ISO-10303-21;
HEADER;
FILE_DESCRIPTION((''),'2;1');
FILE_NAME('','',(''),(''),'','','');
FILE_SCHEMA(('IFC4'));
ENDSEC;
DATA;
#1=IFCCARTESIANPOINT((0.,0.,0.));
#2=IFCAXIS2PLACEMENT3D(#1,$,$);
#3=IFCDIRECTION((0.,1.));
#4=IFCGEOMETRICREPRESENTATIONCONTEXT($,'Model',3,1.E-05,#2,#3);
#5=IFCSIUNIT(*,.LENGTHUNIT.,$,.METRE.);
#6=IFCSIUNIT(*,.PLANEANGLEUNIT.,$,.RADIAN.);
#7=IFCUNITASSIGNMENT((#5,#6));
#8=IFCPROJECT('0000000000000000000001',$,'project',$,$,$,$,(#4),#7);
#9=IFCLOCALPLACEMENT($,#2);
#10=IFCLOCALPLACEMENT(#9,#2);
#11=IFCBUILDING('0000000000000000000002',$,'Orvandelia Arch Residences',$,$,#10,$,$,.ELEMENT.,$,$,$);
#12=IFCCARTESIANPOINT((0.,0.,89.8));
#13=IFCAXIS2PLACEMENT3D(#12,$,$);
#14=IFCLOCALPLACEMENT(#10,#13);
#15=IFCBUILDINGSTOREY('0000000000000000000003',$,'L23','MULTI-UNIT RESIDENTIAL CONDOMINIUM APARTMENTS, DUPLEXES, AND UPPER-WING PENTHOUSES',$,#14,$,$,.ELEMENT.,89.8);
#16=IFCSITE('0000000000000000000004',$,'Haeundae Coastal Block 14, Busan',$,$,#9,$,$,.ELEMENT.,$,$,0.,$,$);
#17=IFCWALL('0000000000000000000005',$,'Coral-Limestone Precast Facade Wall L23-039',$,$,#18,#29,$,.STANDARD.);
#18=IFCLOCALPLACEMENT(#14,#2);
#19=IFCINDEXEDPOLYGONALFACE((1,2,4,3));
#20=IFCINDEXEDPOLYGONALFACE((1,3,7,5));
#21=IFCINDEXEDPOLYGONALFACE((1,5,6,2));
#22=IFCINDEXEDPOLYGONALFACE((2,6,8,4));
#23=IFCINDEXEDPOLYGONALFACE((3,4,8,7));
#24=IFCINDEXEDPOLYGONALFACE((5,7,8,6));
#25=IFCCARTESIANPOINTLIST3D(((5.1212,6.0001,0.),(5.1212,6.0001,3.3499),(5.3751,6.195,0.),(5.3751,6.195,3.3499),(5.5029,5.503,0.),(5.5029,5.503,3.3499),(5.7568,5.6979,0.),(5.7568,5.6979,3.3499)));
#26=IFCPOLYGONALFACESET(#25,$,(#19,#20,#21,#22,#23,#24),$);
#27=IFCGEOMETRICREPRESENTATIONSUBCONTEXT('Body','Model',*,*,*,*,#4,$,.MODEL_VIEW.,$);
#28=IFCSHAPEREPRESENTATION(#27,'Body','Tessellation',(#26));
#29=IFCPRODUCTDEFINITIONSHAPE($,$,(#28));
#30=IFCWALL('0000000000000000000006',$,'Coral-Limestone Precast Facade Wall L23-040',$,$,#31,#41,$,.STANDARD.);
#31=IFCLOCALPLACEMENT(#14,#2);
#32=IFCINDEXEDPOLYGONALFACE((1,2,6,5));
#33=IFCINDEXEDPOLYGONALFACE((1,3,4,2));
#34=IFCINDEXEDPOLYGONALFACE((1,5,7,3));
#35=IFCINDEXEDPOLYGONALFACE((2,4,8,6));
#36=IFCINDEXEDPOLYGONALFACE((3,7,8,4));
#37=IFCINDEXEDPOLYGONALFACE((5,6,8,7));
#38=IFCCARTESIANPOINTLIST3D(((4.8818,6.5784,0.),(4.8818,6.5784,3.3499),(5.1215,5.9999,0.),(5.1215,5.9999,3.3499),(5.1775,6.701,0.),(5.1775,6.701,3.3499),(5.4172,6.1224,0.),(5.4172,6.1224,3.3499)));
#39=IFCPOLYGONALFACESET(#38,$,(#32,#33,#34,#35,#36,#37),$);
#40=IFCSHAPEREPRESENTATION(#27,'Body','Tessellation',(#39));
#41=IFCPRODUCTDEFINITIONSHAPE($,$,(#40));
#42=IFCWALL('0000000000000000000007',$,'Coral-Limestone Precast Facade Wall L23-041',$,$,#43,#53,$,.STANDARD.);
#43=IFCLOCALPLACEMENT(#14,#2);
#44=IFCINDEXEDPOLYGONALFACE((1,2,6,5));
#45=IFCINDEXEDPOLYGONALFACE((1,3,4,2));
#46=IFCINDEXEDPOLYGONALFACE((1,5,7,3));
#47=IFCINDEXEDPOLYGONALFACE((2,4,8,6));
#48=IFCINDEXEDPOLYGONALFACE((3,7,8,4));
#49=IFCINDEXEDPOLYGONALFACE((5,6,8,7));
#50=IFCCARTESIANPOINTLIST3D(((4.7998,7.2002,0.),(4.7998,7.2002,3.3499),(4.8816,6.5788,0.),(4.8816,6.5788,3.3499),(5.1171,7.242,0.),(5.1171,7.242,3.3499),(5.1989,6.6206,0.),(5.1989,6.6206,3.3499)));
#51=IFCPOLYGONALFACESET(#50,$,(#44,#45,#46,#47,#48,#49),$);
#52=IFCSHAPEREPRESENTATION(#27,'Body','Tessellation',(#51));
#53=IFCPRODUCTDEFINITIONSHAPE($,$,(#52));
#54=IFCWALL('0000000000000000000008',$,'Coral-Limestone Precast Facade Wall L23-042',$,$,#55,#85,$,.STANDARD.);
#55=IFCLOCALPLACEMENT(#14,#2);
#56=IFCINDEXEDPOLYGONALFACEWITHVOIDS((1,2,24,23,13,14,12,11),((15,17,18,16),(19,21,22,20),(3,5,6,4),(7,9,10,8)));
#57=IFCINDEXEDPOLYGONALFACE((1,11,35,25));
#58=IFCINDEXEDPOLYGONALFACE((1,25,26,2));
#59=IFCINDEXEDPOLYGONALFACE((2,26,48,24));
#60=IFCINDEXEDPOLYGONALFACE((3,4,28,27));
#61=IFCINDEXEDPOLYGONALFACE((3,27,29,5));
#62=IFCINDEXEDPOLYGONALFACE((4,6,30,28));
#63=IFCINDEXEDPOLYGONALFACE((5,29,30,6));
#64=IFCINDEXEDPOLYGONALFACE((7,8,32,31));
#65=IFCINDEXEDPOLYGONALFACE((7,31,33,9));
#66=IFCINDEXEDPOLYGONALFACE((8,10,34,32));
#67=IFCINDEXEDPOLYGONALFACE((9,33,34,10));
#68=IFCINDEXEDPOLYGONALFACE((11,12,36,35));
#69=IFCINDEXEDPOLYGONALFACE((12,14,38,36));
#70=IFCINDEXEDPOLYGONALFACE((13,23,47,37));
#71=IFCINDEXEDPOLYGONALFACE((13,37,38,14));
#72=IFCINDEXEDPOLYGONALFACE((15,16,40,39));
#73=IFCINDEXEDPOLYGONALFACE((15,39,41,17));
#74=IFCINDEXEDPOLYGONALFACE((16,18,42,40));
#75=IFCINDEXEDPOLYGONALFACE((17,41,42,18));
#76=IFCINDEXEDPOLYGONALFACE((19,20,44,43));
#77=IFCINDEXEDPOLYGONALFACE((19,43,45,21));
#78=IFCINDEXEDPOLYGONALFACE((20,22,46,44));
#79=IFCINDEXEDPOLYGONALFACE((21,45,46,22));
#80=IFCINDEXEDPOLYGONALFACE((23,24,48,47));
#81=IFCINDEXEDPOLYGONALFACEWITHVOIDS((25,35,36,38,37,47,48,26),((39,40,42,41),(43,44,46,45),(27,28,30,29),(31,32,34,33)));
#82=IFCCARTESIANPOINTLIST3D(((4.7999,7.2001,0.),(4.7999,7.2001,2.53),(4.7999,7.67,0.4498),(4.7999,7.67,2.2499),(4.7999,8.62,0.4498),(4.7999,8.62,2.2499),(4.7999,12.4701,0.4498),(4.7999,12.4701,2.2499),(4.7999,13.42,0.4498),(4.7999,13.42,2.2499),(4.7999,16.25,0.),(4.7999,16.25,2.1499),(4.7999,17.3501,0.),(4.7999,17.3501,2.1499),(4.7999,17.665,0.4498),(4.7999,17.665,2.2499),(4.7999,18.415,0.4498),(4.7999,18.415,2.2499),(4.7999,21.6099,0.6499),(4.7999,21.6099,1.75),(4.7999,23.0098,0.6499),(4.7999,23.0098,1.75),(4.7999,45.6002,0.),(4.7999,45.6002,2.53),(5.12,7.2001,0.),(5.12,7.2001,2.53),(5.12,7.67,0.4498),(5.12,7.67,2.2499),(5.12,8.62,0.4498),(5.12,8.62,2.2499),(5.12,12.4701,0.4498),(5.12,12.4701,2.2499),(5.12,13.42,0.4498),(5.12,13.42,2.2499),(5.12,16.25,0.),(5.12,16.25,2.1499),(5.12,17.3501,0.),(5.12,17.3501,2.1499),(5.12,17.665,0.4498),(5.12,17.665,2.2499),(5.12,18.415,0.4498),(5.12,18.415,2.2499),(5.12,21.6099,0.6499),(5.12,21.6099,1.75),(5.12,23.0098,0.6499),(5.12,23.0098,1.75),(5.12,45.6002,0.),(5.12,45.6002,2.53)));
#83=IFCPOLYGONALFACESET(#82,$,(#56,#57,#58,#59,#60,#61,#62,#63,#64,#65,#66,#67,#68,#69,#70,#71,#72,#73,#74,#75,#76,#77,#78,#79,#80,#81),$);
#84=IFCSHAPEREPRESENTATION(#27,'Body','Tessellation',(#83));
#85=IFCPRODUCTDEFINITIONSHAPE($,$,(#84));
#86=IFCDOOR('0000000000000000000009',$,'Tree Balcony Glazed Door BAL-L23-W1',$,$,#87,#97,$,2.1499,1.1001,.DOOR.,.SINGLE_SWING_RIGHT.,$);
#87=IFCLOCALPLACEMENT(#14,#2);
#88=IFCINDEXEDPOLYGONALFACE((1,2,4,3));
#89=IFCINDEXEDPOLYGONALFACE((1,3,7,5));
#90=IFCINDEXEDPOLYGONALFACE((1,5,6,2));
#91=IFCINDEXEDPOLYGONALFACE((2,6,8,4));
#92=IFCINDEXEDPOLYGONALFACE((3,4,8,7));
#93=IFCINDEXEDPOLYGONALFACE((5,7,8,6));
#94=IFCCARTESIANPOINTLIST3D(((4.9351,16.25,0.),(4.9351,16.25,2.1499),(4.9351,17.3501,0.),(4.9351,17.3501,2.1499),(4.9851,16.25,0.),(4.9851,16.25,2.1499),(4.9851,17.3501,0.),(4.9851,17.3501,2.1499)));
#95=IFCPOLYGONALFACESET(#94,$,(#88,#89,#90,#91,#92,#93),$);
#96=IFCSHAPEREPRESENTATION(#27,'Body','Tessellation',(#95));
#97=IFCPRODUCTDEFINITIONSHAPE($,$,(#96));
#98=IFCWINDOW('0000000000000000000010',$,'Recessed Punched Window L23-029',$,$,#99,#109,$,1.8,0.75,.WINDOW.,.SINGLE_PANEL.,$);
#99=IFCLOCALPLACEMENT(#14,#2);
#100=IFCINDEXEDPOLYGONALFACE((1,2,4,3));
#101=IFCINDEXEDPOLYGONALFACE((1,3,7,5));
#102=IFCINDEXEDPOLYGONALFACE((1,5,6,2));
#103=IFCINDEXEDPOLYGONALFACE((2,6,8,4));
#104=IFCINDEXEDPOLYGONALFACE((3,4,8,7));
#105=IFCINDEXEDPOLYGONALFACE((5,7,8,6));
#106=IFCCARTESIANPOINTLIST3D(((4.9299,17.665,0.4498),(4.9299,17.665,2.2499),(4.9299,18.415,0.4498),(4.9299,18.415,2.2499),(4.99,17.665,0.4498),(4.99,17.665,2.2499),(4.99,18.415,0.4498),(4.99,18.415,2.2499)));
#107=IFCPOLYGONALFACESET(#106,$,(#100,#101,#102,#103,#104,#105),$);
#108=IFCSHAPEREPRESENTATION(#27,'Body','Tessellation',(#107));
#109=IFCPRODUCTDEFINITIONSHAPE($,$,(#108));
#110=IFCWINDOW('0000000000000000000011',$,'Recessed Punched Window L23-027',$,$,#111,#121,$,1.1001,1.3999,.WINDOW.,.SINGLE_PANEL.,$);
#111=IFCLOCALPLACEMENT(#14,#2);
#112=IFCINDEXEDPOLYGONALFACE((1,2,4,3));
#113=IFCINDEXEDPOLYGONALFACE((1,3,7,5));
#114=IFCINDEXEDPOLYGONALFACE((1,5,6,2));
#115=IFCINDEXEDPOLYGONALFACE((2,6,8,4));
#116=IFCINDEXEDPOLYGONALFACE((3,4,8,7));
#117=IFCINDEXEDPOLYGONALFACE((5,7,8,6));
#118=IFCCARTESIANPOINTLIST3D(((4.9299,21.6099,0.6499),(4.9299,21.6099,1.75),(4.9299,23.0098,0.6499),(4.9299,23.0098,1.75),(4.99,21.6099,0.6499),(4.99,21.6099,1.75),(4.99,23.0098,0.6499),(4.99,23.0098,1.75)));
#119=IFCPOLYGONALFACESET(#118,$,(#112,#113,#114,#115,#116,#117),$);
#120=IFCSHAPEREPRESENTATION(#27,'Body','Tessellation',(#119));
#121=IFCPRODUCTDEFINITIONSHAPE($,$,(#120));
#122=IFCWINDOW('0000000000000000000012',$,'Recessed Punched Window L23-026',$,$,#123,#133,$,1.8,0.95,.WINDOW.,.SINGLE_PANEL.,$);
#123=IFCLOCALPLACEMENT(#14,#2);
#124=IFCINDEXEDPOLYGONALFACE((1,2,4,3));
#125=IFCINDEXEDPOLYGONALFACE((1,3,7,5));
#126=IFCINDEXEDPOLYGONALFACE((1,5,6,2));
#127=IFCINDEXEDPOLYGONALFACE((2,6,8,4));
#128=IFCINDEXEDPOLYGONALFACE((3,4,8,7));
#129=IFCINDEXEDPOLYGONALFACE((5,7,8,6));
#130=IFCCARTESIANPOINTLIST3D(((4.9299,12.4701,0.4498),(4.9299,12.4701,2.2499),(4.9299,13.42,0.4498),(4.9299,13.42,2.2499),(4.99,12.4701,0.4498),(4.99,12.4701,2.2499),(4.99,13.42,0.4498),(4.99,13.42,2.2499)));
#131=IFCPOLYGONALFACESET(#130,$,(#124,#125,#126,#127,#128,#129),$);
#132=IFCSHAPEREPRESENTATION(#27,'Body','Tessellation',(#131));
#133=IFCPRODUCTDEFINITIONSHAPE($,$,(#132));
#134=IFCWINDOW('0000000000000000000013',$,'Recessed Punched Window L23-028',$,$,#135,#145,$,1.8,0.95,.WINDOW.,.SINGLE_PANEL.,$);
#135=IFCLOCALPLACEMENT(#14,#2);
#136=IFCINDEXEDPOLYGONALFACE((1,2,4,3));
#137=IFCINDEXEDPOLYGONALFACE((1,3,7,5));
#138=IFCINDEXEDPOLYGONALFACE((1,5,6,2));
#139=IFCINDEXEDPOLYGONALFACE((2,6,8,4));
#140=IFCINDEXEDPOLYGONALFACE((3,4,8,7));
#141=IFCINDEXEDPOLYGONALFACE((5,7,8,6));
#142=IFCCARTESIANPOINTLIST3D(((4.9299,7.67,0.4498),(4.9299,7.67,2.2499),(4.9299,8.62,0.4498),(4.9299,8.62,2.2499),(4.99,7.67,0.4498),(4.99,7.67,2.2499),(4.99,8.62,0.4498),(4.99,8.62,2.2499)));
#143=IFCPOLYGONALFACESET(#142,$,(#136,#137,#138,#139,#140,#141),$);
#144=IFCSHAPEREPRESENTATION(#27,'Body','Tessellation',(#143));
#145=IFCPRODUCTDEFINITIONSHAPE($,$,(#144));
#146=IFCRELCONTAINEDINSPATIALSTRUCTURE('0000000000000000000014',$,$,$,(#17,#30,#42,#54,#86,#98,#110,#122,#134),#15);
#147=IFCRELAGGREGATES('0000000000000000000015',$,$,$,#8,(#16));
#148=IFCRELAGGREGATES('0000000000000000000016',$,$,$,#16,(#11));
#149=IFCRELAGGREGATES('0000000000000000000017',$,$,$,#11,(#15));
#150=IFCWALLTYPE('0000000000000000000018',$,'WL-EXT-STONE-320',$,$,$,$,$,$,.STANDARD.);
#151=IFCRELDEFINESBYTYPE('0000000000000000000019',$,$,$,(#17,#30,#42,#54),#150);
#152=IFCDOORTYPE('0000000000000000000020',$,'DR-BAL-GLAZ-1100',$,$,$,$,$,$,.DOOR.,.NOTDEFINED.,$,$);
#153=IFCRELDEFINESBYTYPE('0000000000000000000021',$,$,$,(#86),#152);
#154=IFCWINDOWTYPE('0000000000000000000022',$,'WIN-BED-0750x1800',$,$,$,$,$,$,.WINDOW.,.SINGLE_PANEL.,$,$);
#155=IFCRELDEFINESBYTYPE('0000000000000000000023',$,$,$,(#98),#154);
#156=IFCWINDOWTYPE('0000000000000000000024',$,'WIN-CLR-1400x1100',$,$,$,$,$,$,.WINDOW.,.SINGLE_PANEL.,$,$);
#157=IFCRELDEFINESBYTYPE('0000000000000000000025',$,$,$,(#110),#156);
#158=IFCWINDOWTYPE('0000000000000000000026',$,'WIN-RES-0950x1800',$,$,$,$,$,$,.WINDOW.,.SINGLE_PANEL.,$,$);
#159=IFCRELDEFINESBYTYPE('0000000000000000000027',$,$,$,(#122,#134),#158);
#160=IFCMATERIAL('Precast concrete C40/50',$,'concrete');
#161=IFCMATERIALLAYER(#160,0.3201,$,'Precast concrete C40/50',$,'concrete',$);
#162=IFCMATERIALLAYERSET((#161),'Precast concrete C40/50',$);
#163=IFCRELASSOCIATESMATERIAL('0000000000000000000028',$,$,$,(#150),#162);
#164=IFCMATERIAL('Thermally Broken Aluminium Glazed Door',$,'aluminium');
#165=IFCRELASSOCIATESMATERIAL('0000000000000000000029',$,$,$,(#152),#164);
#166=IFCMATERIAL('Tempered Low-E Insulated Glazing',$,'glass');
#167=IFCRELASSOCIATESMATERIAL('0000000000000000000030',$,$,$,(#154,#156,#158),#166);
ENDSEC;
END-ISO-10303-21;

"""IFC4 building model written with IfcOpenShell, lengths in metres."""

from ifc_helpers import new_model, si_unit, direction, frame, frame_2d, origin, place, context, subcontext, project, spatial, rectangle, extrude, material, layer, layer_set, type_object, element, fill, save


model = new_model("IFC4")

# Units and contexts
model_context = context("Model", 3, precision=1e-05, world=origin(), true_north=direction((0.0, 1.0)))
body_context = subcontext(model_context, "Body", "Model", "MODEL_VIEW")
ifc_project = project(units=[si_unit("LENGTHUNIT", "METRE"), si_unit("PLANEANGLEUNIT", "RADIAN")], contexts=[model_context])

# Site, building, storey
site_placement = place(None, origin())
site = spatial("IfcSite", under=ifc_project, at=site_placement, Name="Haeundae Coastal Block 14, Busan", CompositionType="ELEMENT", RefElevation=0.0)
building_placement = place(site_placement, origin())
building = spatial("IfcBuilding", under=site, at=building_placement, Name="Orvandelia Arch Residences", CompositionType="ELEMENT")
storey_placement = place(building_placement, frame((0.0, 0.0, 89.8)))
storey = spatial("IfcBuildingStorey", under=building, at=storey_placement, Name="L23", Description="MULTI-UNIT RESIDENTIAL CONDOMINIUM APARTMENTS, DUPLEXES, AND UPPER-WING PENTHOUSES", CompositionType="ELEMENT", Elevation=89.8)

# Shared definitions
ifc_material_1 = material(Name="Precast concrete C40/50", Category="concrete")

# Walls
ifc_layer_1 = layer(ifc_material_1, 0.3201, Name="Precast concrete C40/50", Category="concrete")
ifc_layer_set_1 = layer_set([ifc_layer_1], Name="Precast concrete C40/50")
wall_type_1 = type_object("IfcWallType", Name="WL-EXT-STONE-320", PredefinedType="STANDARD", material=ifc_layer_set_1)
for number, where, z_axis, x_axis, name in (
    (1, (5.6299, 5.6003, 0.0), (0.0, 0.0, 1.0), (-0.608939, 0.793217, 0.0), "Coral-Limestone Precast Facade Wall L23-039"),
):
    element("IfcWall", number, at=place(storey_placement, frame(where, z_axis=z_axis, x_axis=x_axis)), inside=storey, type_object=wall_type_1, Name=name, PredefinedType="STANDARD", context=body_context, shape_type="SweptSolid", body=[
        extrude(rectangle(XDim=0.6267, YDim=0.3201, at=frame_2d((0.3135, 0.0))), origin(), (0.0, 0.0, 1.0), 3.3499),
    ])
wall_1_placement = place(storey_placement, frame((5.2693, 6.0613, 0.0), z_axis=(0.0, 0.0, 1.0), x_axis=(-0.382788, 0.923836, 0.0)))
element("IfcWall", 2, at=wall_1_placement, inside=storey, type_object=wall_type_1, Name="Coral-Limestone Precast Facade Wall L23-040", PredefinedType="STANDARD", context=body_context, shape_type="SweptSolid", body=[
    extrude(rectangle(XDim=0.6262, YDim=0.3201, at=frame_2d((0.313, 0.0))), origin(), (0.0, 0.0, 1.0), 3.3499),
])
wall_2_placement = place(storey_placement, frame((5.0403, 6.5996, 0.0), z_axis=(0.0, 0.0, 1.0), x_axis=(-0.130505, 0.991448, 0.0)))
element("IfcWall", 3, at=wall_2_placement, inside=storey, type_object=wall_type_1, Name="Coral-Limestone Precast Facade Wall L23-041", PredefinedType="STANDARD", context=body_context, shape_type="SweptSolid", body=[
    extrude(rectangle(XDim=0.6267, YDim=0.3201, at=frame_2d((0.3135, 0.0))), origin(), (0.0, 0.0, 1.0), 3.3499),
])

# Wall, openings, door, windows
wall_3_placement = place(storey_placement, frame((4.96, 7.2, 0.0), z_axis=(0.0, 0.0, 1.0), x_axis=(0.0, 1.0, 0.0)))
wall_3 = element("IfcWall", 4, at=wall_3_placement, inside=storey, type_object=wall_type_1, Name="Coral-Limestone Precast Facade Wall L23-042", PredefinedType="STANDARD", context=body_context, shape_type="SweptSolid", body=[
    extrude(rectangle(XDim=38.4001, YDim=0.3201, at=frame_2d((19.2002, 0.0))), origin(), (0.0, 0.0, 1.0), 2.53),
])
opening_1_placement = place(wall_3_placement, frame((9.05, 0.0, 0.0)))
opening_1 = element("IfcOpeningElement", 5, at=opening_1_placement, cuts=wall_3, PredefinedType="OPENING", context=body_context, shape_type="SweptSolid", body=[
    extrude(rectangle(XDim=1.1001, YDim=2.1499, at=frame_2d((0.55, 1.075))), frame((0.0, 0.1699, 0.0), z_axis=(0.0, -1.0, 0.0), x_axis=(1.0, 0.0, 0.0)), (0.0, 0.0, 1.0), 0.3401),
])
opening_2_placement = place(wall_3_placement, frame((5.27, 0.0, 0.45)))
opening_2 = element("IfcOpeningElement", 6, at=opening_2_placement, cuts=wall_3, PredefinedType="OPENING", context=body_context, shape_type="SweptSolid", body=[
    extrude(rectangle(XDim=0.95, YDim=1.8, at=frame_2d((0.4751, 0.8999))), frame((0.0, 0.1699, 0.0), z_axis=(0.0, -1.0, 0.0), x_axis=(1.0, 0.0, 0.0)), (0.0, 0.0, 1.0), 0.3401),
])
opening_3_placement = place(wall_3_placement, frame((14.4099, 0.0, 0.6499)))
opening_3 = element("IfcOpeningElement", 7, at=opening_3_placement, cuts=wall_3, PredefinedType="OPENING", context=body_context, shape_type="SweptSolid", body=[
    extrude(rectangle(XDim=1.3999, YDim=1.1001, at=frame_2d((0.7, 0.55))), frame((0.0, 0.1699, 0.0), z_axis=(0.0, -1.0, 0.0), x_axis=(1.0, 0.0, 0.0)), (0.0, 0.0, 1.0), 0.3401),
])
opening_4_placement = place(wall_3_placement, frame((0.47, 0.0, 0.45)))
opening_4 = element("IfcOpeningElement", 8, at=opening_4_placement, cuts=wall_3, PredefinedType="OPENING", context=body_context, shape_type="SweptSolid", body=[
    extrude(rectangle(XDim=0.95, YDim=1.8, at=frame_2d((0.4751, 0.8999))), frame((0.0, 0.1699, 0.0), z_axis=(0.0, -1.0, 0.0), x_axis=(1.0, 0.0, 0.0)), (0.0, 0.0, 1.0), 0.3401),
])
opening_5_placement = place(wall_3_placement, frame((10.4651, 0.0, 0.45)))
opening_5 = element("IfcOpeningElement", 9, at=opening_5_placement, cuts=wall_3, PredefinedType="OPENING", context=body_context, shape_type="SweptSolid", body=[
    extrude(rectangle(XDim=0.75, YDim=1.8, at=frame_2d((0.375, 0.8999))), frame((0.0, 0.1699, 0.0), z_axis=(0.0, -1.0, 0.0), x_axis=(1.0, 0.0, 0.0)), (0.0, 0.0, 1.0), 0.3401),
])
ifc_material_2 = material(Name="Thermally Broken Aluminium Glazed Door", Category="aluminium")
door_type_1 = type_object("IfcDoorType", Name="DR-BAL-GLAZ-1100", OperationType="NOTDEFINED", PredefinedType="DOOR", material=ifc_material_2)
door_1_placement = place(opening_1_placement, origin())
door_1 = element("IfcDoor", 10, at=door_1_placement, inside=storey, type_object=door_type_1, Name="Tree Balcony Glazed Door BAL-L23-W1", OperationType="SINGLE_SWING_RIGHT", OverallHeight=2.1499, OverallWidth=1.1001, PredefinedType="DOOR", context=body_context, shape_type="SweptSolid", body=[
    extrude(rectangle(XDim=1.1001, YDim=2.1499, at=frame_2d((0.55, 1.075))), frame((0.0, 0.0249, 0.0), z_axis=(0.0, -1.0, 0.0), x_axis=(1.0, 0.0, 0.0)), (0.0, 0.0, 1.0), 0.05),
])
fill(opening_1, door_1)
ifc_material_3 = material(Name="Tempered Low-E Insulated Glazing", Category="glass")
window_type_1 = type_object("IfcWindowType", Name="WIN-BED-0750x1800", PartitioningType="SINGLE_PANEL", PredefinedType="WINDOW", material=ifc_material_3)
window_1_placement = place(opening_5_placement, origin())
window_1 = element("IfcWindow", 11, at=window_1_placement, inside=storey, type_object=window_type_1, Name="Recessed Punched Window L23-029", OverallHeight=1.8, OverallWidth=0.75, PartitioningType="SINGLE_PANEL", PredefinedType="WINDOW", context=body_context, shape_type="SweptSolid", body=[
    extrude(rectangle(XDim=0.75, YDim=1.8, at=frame_2d((0.375, 0.8999))), frame((0.0, 0.03, 0.0), z_axis=(0.0, -1.0, 0.0), x_axis=(1.0, 0.0, 0.0)), (0.0, 0.0, 1.0), 0.0601),
])
fill(opening_5, window_1)
window_type_2 = type_object("IfcWindowType", Name="WIN-CLR-1400x1100", PartitioningType="SINGLE_PANEL", PredefinedType="WINDOW", material=ifc_material_3)
window_2_placement = place(opening_3_placement, origin())
window_2 = element("IfcWindow", 12, at=window_2_placement, inside=storey, type_object=window_type_2, Name="Recessed Punched Window L23-027", OverallHeight=1.1001, OverallWidth=1.3999, PartitioningType="SINGLE_PANEL", PredefinedType="WINDOW", context=body_context, shape_type="SweptSolid", body=[
    extrude(rectangle(XDim=1.3999, YDim=1.1001, at=frame_2d((0.7, 0.55))), frame((0.0, 0.03, 0.0), z_axis=(0.0, -1.0, 0.0), x_axis=(1.0, 0.0, 0.0)), (0.0, 0.0, 1.0), 0.0601),
])
fill(opening_3, window_2)
window_type_3 = type_object("IfcWindowType", Name="WIN-RES-0950x1800", PartitioningType="SINGLE_PANEL", PredefinedType="WINDOW", material=ifc_material_3)
window_3_placement = place(opening_2_placement, origin())
window_3 = element("IfcWindow", 13, at=window_3_placement, inside=storey, type_object=window_type_3, Name="Recessed Punched Window L23-026", OverallHeight=1.8, OverallWidth=0.95, PartitioningType="SINGLE_PANEL", PredefinedType="WINDOW", context=body_context, shape_type="SweptSolid", body=[
    extrude(rectangle(XDim=0.95, YDim=1.8, at=frame_2d((0.4751, 0.8999))), frame((0.0, 0.03, 0.0), z_axis=(0.0, -1.0, 0.0), x_axis=(1.0, 0.0, 0.0)), (0.0, 0.0, 1.0), 0.0601),
])
fill(opening_2, window_3)
window_4_placement = place(opening_4_placement, origin())
window_4 = element("IfcWindow", 14, at=window_4_placement, inside=storey, type_object=window_type_3, Name="Recessed Punched Window L23-028", OverallHeight=1.8, OverallWidth=0.95, PartitioningType="SINGLE_PANEL", PredefinedType="WINDOW", context=body_context, shape_type="SweptSolid", body=[
    extrude(rectangle(XDim=0.95, YDim=1.8, at=frame_2d((0.4751, 0.8999))), frame((0.0, 0.03, 0.0), z_axis=(0.0, -1.0, 0.0), x_axis=(1.0, 0.0, 0.0)), (0.0, 0.0, 1.0), 0.0601),
])
fill(opening_4, window_4)

save(model, "model.ifc")
